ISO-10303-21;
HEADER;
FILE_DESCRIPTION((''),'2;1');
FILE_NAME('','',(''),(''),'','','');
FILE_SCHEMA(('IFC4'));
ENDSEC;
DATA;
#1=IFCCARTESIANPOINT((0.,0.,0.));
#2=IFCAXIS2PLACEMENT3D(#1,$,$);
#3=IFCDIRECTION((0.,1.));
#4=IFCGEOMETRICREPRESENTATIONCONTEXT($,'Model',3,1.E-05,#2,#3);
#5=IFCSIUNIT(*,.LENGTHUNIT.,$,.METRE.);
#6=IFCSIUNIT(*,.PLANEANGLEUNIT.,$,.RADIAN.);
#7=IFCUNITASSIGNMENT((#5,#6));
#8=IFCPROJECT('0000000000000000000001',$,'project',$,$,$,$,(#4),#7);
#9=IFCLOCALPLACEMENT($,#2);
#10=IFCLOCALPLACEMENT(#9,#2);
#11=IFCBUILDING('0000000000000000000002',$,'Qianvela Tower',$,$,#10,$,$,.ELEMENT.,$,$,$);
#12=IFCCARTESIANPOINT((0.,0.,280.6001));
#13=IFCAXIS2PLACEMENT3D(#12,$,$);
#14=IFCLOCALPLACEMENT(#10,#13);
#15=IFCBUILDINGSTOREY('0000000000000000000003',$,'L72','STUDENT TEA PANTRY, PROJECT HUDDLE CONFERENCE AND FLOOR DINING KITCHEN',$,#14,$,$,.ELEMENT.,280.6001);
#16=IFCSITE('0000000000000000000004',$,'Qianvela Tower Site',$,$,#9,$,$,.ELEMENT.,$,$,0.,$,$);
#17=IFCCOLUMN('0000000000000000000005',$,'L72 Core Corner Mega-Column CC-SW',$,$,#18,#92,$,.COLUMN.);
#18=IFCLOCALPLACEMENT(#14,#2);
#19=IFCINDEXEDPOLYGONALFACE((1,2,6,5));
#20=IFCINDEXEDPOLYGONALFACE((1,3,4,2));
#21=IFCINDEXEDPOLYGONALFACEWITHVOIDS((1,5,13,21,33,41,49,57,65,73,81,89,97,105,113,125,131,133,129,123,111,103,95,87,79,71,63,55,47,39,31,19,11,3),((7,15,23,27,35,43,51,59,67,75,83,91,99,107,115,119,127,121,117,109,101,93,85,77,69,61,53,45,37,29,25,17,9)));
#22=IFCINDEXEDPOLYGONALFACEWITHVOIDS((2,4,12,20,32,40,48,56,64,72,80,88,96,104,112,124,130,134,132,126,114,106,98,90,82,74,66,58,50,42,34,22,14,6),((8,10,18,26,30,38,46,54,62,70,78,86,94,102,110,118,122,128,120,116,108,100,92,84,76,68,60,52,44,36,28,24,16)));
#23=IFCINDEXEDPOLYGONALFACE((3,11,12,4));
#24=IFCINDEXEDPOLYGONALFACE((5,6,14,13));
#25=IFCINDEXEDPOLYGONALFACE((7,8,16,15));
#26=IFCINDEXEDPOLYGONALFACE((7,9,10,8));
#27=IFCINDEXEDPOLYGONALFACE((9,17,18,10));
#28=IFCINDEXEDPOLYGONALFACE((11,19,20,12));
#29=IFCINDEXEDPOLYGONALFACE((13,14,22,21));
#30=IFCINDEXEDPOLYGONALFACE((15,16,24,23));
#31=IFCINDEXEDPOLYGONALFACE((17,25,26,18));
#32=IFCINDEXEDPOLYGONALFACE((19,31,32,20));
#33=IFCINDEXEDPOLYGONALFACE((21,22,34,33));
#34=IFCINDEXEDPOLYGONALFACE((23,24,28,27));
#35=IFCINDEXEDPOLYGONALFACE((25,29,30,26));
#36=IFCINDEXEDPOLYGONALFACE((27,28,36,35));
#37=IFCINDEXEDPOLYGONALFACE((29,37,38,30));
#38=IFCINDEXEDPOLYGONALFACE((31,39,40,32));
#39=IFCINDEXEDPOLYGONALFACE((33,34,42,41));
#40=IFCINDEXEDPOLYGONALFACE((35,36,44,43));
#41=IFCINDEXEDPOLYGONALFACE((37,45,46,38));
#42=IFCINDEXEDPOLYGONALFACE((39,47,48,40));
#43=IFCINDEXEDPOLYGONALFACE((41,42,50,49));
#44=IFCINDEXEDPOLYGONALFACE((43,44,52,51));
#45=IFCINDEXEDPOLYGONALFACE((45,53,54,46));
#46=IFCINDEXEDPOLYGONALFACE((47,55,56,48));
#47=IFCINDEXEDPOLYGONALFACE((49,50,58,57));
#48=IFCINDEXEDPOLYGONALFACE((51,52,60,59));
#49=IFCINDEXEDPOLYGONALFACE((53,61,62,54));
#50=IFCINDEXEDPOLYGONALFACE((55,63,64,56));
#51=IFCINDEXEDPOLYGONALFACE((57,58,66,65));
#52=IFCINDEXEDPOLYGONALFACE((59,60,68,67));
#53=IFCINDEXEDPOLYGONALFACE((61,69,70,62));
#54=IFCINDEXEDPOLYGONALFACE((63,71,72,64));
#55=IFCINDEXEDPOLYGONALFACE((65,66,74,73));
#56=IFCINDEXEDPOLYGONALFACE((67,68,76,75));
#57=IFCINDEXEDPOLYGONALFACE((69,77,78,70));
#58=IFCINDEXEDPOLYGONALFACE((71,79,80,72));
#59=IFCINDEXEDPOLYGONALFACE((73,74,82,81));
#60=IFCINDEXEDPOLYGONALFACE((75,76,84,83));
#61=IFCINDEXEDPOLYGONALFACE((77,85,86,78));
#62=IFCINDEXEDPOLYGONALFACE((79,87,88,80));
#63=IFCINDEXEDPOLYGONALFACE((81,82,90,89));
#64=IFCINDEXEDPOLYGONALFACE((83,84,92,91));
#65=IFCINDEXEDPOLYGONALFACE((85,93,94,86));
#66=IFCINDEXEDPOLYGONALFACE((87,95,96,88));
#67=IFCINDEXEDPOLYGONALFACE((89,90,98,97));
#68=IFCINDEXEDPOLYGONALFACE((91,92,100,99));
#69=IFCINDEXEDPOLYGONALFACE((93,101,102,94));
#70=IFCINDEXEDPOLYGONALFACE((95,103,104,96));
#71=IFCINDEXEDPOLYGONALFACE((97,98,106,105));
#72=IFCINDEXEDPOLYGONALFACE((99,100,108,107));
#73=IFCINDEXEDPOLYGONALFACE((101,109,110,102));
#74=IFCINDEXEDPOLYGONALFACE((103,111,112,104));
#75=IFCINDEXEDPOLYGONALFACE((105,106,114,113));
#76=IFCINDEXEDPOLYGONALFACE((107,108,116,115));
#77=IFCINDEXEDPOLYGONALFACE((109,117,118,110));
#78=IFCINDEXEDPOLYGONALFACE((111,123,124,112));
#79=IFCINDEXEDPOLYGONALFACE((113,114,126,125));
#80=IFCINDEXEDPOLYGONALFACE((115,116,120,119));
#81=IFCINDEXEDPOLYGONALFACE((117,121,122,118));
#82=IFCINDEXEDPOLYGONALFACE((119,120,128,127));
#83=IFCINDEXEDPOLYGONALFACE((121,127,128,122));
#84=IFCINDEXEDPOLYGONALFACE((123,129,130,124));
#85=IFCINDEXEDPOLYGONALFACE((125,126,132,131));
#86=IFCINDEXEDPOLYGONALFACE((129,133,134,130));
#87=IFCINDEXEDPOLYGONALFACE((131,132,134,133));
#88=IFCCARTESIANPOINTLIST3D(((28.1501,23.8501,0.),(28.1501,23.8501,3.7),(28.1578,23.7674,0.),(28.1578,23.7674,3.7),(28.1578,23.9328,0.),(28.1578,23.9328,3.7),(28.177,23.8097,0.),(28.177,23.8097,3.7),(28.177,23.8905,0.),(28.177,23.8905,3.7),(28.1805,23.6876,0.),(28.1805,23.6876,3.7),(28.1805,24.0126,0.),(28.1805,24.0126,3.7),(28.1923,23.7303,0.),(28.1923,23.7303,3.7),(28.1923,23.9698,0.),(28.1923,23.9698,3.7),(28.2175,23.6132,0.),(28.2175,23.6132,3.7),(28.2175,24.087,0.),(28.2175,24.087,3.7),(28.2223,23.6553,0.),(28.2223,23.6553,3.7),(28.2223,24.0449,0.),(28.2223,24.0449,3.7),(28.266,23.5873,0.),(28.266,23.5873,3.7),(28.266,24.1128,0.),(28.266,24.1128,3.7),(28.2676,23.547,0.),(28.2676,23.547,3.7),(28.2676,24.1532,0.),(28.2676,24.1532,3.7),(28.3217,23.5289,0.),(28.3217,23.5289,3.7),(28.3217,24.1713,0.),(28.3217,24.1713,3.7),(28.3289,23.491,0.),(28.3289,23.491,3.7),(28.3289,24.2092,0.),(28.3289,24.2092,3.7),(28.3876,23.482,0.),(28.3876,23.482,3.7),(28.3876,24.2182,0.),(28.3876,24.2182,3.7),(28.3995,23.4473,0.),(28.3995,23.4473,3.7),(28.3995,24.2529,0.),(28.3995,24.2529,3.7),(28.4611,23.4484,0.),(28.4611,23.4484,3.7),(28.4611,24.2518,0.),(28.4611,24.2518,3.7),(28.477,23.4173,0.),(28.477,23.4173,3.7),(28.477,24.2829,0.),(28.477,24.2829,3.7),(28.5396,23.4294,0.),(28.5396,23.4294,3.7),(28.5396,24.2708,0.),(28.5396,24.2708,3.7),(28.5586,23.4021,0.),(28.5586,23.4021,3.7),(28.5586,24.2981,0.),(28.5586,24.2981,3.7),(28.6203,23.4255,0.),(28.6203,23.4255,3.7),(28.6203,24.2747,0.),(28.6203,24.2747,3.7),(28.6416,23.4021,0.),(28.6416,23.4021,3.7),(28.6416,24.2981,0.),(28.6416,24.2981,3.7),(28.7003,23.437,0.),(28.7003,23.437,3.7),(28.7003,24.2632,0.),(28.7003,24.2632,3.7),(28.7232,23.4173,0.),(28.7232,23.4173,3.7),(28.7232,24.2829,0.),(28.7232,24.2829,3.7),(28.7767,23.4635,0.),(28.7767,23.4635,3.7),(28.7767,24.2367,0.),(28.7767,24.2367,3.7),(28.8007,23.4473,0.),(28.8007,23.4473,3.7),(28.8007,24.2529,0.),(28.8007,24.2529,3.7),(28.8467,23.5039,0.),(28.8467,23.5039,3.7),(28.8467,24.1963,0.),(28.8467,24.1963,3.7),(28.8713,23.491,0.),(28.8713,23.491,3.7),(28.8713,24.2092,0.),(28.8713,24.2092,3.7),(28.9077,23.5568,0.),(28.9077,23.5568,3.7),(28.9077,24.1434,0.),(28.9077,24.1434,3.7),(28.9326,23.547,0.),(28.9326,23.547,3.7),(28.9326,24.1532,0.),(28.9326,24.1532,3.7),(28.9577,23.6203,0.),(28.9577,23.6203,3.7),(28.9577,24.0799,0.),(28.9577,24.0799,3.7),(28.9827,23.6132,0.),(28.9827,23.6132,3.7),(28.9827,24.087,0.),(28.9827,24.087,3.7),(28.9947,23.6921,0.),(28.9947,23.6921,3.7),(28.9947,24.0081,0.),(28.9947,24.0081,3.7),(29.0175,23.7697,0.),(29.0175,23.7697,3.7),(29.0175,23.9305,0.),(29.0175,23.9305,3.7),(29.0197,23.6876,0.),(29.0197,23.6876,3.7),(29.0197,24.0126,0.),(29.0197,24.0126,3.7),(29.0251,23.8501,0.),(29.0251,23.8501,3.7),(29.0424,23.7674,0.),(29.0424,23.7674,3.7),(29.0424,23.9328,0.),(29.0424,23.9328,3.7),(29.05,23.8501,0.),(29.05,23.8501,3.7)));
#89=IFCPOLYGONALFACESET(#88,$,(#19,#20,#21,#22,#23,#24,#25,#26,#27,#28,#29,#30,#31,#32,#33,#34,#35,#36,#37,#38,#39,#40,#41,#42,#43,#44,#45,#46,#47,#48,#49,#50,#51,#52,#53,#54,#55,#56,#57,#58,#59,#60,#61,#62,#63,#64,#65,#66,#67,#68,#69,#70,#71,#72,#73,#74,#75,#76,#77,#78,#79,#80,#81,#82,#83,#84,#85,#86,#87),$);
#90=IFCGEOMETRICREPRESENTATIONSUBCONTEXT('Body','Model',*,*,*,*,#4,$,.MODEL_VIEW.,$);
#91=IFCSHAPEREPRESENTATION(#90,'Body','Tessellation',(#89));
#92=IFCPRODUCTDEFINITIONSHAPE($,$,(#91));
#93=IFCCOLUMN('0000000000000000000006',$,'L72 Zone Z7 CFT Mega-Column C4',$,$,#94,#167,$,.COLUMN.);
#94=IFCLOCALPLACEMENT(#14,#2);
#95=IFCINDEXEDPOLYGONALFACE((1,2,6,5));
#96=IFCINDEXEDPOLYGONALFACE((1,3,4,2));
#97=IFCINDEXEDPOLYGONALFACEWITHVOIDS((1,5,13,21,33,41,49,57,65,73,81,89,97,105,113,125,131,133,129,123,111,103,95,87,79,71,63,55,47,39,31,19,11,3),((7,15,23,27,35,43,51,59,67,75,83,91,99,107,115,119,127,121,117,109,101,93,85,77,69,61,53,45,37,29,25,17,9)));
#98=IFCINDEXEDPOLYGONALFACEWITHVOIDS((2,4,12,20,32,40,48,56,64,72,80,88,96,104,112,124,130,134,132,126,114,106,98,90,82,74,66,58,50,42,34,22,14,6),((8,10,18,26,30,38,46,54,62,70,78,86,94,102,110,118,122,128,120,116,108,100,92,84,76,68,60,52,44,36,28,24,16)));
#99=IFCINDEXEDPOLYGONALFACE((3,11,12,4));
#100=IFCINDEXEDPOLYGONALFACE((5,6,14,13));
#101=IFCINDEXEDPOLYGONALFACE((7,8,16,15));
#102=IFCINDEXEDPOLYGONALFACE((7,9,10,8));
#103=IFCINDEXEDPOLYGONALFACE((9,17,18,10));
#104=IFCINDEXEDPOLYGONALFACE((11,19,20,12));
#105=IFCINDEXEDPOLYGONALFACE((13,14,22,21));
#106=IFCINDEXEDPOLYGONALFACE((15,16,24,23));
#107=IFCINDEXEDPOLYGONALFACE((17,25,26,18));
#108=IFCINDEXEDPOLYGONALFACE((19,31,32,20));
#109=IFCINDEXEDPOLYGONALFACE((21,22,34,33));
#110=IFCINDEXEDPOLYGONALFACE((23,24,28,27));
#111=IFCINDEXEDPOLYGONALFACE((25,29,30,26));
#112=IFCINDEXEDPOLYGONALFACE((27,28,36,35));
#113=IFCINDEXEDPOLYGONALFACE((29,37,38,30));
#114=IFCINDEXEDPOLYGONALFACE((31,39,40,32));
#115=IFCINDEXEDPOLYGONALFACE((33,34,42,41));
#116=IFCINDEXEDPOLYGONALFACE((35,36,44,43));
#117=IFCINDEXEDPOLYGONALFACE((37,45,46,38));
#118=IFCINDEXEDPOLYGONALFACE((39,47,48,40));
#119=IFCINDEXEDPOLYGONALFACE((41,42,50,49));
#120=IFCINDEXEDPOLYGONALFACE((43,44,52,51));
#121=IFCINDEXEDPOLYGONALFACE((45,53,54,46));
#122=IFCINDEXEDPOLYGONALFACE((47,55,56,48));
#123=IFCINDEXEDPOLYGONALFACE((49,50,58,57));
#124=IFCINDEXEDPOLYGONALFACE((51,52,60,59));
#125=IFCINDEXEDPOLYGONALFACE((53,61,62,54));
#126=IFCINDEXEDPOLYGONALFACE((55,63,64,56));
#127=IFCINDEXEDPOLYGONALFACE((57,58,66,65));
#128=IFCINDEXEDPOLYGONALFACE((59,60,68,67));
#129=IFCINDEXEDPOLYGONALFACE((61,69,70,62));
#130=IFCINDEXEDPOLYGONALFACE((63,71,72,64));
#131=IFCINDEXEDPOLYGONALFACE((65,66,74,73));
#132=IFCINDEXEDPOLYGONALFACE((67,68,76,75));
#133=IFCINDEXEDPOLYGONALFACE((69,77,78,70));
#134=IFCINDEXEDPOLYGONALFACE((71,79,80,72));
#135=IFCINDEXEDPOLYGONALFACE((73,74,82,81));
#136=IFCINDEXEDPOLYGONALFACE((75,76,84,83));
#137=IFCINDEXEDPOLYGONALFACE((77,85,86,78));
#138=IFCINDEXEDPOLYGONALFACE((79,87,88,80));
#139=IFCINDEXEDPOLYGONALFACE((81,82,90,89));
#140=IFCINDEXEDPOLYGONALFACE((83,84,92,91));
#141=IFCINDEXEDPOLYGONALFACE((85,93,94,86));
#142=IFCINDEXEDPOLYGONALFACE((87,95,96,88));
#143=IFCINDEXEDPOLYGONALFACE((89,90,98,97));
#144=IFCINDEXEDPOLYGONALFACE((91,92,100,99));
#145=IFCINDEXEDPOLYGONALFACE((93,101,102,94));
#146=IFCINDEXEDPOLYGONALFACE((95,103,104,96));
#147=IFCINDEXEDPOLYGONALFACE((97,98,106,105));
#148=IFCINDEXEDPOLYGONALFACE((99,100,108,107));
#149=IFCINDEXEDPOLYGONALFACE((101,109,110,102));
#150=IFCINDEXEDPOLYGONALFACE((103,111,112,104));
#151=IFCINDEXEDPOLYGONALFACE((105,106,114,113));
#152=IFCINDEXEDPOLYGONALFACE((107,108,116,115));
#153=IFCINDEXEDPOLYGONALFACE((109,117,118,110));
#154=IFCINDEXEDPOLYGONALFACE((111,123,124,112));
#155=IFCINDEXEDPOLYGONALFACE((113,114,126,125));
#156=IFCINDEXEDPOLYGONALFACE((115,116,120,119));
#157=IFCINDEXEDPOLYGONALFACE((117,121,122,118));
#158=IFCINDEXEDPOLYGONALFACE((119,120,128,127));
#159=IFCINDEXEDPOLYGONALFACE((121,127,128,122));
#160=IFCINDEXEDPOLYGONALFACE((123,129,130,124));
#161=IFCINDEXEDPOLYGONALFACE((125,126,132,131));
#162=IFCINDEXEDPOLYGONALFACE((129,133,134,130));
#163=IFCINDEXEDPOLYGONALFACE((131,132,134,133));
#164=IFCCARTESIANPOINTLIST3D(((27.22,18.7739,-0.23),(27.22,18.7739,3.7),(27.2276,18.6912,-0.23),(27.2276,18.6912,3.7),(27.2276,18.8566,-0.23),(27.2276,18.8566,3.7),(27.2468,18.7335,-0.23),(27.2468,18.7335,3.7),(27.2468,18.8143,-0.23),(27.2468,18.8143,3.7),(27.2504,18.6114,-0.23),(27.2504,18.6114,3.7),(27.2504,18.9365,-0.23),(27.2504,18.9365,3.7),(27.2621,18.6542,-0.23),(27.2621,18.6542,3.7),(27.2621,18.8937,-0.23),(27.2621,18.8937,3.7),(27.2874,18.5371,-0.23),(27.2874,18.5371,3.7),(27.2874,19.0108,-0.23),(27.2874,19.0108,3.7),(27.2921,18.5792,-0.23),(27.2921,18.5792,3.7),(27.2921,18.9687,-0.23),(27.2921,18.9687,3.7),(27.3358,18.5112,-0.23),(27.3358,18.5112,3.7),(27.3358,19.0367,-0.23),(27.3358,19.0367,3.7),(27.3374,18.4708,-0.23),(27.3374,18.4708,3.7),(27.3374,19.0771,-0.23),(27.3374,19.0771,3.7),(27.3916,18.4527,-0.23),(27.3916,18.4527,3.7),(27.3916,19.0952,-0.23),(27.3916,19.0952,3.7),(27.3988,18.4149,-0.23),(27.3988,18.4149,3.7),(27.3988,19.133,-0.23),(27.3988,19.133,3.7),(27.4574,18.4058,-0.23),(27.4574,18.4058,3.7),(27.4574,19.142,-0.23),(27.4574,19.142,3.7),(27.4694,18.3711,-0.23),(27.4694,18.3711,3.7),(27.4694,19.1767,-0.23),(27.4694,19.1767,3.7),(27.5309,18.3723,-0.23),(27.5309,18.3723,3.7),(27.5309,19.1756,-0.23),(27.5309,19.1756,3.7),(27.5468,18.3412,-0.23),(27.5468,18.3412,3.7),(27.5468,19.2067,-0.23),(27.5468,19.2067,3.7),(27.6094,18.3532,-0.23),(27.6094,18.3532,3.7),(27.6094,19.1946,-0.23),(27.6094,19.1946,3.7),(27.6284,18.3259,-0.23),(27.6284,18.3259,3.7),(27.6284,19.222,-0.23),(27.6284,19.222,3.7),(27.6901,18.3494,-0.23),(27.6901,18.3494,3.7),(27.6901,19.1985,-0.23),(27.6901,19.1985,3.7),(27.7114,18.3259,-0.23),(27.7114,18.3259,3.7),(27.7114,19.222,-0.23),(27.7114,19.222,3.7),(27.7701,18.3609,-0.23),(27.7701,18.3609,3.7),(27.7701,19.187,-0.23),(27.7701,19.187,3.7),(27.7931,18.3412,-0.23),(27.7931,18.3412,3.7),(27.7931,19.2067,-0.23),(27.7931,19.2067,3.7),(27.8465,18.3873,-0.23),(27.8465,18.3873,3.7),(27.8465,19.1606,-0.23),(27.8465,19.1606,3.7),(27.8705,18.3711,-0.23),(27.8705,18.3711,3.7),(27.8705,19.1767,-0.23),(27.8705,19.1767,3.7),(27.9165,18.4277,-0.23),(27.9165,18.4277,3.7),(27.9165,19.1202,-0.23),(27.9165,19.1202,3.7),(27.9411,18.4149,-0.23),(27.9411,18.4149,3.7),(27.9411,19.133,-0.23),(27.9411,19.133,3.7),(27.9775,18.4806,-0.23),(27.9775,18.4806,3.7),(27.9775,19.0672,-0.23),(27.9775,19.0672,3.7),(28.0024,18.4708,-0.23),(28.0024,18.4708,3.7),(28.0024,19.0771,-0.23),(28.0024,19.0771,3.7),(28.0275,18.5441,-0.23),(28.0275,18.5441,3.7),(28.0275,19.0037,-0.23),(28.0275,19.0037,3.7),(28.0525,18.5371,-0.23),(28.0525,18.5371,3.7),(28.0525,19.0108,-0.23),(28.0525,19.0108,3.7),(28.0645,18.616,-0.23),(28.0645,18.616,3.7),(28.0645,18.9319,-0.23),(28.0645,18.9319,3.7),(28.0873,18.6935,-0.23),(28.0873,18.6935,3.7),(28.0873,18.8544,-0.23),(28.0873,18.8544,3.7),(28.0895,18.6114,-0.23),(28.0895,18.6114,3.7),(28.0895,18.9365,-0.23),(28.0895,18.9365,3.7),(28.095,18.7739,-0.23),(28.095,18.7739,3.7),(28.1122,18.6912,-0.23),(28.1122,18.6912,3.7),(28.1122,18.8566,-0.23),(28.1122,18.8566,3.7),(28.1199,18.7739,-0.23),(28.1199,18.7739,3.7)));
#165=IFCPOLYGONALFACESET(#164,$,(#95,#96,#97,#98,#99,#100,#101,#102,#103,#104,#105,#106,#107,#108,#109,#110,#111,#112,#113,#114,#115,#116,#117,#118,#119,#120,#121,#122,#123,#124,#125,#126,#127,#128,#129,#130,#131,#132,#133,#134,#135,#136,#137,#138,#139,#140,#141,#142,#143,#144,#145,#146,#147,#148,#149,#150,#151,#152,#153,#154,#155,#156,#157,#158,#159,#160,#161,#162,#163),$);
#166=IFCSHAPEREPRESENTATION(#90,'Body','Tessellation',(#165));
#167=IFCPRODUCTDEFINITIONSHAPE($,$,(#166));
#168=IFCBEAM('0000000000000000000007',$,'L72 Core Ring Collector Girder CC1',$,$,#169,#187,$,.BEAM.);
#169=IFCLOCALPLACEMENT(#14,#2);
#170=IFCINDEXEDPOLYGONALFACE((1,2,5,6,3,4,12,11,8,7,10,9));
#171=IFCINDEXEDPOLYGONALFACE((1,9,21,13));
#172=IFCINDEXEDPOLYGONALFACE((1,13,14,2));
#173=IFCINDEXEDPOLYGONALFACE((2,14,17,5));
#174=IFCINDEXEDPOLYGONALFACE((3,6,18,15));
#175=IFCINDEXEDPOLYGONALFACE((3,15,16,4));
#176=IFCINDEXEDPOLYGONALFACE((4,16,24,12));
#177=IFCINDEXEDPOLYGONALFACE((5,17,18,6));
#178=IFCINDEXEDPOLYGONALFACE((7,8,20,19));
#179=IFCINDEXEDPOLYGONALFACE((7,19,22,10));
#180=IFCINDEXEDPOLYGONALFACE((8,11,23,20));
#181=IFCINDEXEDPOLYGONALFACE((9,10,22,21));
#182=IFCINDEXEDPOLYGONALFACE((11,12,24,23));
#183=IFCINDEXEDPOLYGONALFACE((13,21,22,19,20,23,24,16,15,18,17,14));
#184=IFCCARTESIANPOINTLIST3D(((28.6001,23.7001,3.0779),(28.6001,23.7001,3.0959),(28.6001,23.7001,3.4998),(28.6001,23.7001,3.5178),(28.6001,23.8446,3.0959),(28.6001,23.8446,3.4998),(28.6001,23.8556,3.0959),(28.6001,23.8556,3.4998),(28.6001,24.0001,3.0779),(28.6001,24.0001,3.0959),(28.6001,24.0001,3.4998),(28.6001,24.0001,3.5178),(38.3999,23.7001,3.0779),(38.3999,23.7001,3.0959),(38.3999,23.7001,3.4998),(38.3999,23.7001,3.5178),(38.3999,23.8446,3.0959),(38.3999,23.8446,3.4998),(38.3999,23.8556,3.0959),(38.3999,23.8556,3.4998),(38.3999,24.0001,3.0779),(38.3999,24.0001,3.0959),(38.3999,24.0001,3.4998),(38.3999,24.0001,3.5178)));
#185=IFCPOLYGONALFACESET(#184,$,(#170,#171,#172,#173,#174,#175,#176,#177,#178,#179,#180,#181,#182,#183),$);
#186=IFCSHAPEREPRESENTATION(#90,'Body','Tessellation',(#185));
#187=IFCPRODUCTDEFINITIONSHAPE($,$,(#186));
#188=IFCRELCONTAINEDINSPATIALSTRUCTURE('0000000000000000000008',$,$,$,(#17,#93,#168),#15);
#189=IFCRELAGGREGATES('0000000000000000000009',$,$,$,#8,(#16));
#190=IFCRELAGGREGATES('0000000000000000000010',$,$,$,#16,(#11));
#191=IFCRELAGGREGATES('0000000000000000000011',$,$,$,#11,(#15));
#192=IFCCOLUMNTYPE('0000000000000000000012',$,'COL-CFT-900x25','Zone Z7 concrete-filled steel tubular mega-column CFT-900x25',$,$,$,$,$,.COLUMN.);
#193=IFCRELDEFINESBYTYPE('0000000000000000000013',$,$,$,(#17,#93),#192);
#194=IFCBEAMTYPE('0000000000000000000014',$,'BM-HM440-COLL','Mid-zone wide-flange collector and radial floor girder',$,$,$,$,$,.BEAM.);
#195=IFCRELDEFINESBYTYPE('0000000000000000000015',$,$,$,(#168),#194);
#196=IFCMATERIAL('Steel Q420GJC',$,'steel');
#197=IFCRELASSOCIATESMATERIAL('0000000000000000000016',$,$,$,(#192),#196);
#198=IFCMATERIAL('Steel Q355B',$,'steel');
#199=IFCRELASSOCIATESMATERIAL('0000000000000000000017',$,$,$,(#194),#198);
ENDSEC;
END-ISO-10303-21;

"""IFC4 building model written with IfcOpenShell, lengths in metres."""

from ifc_helpers import new_model, si_unit, direction, frame, origin, origin_2d, place, context, subcontext, project, spatial, hollow_circle, i_section, extrude, material, material_profile, profile_set, type_object, element, save


model = new_model("IFC4")

# Units and contexts
model_context = context("Model", 3, precision=1e-05, world=origin(), true_north=direction((0.0, 1.0)))
body_context = subcontext(model_context, "Body", "Model", "MODEL_VIEW")
ifc_project = project(units=[si_unit("LENGTHUNIT", "METRE"), si_unit("PLANEANGLEUNIT", "RADIAN")], contexts=[model_context])

# Site, building, storey
site_placement = place(None, origin())
site = spatial("IfcSite", under=ifc_project, at=site_placement, Name="Qianvela Tower Site", CompositionType="ELEMENT", RefElevation=0.0)
building_placement = place(site_placement, origin())
building = spatial("IfcBuilding", under=site, at=building_placement, Name="Qianvela Tower", CompositionType="ELEMENT")
storey_placement = place(building_placement, frame((0.0, 0.0, 280.6001)))
storey = spatial("IfcBuildingStorey", under=building, at=storey_placement, Name="L72", Description="STUDENT TEA PANTRY, PROJECT HUDDLE CONFERENCE AND FLOOR DINING KITCHEN", CompositionType="ELEMENT", Elevation=280.6001)

# Columns
ifc_material_1 = material(Name="Steel Q420GJC", Category="steel")
ifc_material_profile_1 = material_profile(ifc_material_1, hollow_circle(Radius=0.45, WallThickness=0.0249, at=origin_2d()), Name="CFT-900x25")
ifc_profile_set_1 = profile_set([ifc_material_profile_1], Name="Steel Q420GJC")
column_type = type_object("IfcColumnType", Name="COL-CFT-900x25", Description="Zone Z7 concrete-filled steel tubular mega-column CFT-900x25", PredefinedType="COLUMN", material=ifc_profile_set_1)
column_1_placement = place(storey_placement, frame((28.6001, 23.8501, 0.0), z_axis=(0.0, 0.0, 1.0), x_axis=(1.0, 0.0, 0.0)))
element("IfcColumn", 1, at=column_1_placement, inside=storey, type_object=column_type, Name="L72 Core Corner Mega-Column CC-SW", PredefinedType="COLUMN", context=body_context, shape_type="SweptSolid", body=[
    extrude(hollow_circle(Radius=0.45, WallThickness=0.0249, at=origin_2d()), origin(), (0.0, 0.0, 1.0), 3.7),
])
column_2_placement = place(storey_placement, frame((27.6699, 18.7739, -0.23), z_axis=(0.0, 0.0, 1.0), x_axis=(1.0, 0.0, 0.0)))
element("IfcColumn", 2, at=column_2_placement, inside=storey, type_object=column_type, Name="L72 Zone Z7 CFT Mega-Column C4", PredefinedType="COLUMN", context=body_context, shape_type="SweptSolid", body=[
    extrude(hollow_circle(Radius=0.45, WallThickness=0.0249, at=origin_2d()), origin(), (0.0, 0.0, 1.0), 3.9299),
])

# Beam
ifc_material_2 = material(Name="Steel Q355B", Category="steel")
ifc_material_profile_2 = material_profile(ifc_material_2, i_section(OverallWidth=0.3, OverallDepth=0.4399, WebThickness=0.011, FlangeThickness=0.0181, at=origin_2d()), Name="HM440x300x11x18")
ifc_profile_set_2 = profile_set([ifc_material_profile_2], Name="Steel Q355B")
beam_type_1 = type_object("IfcBeamType", Name="BM-HM440-COLL", Description="Mid-zone wide-flange collector and radial floor girder", PredefinedType="BEAM", material=ifc_profile_set_2)
beam_1_placement = place(storey_placement, frame((28.6001, 23.8501, 3.2979), z_axis=(1.0, 0.0, 0.0), x_axis=(0.0, 1.0, 0.0)))
element("IfcBeam", 3, at=beam_1_placement, inside=storey, type_object=beam_type_1, Name="L72 Core Ring Collector Girder CC1", PredefinedType="BEAM", context=body_context, shape_type="SweptSolid", body=[
    extrude(i_section(OverallWidth=0.3, OverallDepth=0.4399, WebThickness=0.011, FlangeThickness=0.0181, at=origin_2d()), origin(), (0.0, 0.0, 1.0), 9.7998),
])

save(model, "model.ifc")
